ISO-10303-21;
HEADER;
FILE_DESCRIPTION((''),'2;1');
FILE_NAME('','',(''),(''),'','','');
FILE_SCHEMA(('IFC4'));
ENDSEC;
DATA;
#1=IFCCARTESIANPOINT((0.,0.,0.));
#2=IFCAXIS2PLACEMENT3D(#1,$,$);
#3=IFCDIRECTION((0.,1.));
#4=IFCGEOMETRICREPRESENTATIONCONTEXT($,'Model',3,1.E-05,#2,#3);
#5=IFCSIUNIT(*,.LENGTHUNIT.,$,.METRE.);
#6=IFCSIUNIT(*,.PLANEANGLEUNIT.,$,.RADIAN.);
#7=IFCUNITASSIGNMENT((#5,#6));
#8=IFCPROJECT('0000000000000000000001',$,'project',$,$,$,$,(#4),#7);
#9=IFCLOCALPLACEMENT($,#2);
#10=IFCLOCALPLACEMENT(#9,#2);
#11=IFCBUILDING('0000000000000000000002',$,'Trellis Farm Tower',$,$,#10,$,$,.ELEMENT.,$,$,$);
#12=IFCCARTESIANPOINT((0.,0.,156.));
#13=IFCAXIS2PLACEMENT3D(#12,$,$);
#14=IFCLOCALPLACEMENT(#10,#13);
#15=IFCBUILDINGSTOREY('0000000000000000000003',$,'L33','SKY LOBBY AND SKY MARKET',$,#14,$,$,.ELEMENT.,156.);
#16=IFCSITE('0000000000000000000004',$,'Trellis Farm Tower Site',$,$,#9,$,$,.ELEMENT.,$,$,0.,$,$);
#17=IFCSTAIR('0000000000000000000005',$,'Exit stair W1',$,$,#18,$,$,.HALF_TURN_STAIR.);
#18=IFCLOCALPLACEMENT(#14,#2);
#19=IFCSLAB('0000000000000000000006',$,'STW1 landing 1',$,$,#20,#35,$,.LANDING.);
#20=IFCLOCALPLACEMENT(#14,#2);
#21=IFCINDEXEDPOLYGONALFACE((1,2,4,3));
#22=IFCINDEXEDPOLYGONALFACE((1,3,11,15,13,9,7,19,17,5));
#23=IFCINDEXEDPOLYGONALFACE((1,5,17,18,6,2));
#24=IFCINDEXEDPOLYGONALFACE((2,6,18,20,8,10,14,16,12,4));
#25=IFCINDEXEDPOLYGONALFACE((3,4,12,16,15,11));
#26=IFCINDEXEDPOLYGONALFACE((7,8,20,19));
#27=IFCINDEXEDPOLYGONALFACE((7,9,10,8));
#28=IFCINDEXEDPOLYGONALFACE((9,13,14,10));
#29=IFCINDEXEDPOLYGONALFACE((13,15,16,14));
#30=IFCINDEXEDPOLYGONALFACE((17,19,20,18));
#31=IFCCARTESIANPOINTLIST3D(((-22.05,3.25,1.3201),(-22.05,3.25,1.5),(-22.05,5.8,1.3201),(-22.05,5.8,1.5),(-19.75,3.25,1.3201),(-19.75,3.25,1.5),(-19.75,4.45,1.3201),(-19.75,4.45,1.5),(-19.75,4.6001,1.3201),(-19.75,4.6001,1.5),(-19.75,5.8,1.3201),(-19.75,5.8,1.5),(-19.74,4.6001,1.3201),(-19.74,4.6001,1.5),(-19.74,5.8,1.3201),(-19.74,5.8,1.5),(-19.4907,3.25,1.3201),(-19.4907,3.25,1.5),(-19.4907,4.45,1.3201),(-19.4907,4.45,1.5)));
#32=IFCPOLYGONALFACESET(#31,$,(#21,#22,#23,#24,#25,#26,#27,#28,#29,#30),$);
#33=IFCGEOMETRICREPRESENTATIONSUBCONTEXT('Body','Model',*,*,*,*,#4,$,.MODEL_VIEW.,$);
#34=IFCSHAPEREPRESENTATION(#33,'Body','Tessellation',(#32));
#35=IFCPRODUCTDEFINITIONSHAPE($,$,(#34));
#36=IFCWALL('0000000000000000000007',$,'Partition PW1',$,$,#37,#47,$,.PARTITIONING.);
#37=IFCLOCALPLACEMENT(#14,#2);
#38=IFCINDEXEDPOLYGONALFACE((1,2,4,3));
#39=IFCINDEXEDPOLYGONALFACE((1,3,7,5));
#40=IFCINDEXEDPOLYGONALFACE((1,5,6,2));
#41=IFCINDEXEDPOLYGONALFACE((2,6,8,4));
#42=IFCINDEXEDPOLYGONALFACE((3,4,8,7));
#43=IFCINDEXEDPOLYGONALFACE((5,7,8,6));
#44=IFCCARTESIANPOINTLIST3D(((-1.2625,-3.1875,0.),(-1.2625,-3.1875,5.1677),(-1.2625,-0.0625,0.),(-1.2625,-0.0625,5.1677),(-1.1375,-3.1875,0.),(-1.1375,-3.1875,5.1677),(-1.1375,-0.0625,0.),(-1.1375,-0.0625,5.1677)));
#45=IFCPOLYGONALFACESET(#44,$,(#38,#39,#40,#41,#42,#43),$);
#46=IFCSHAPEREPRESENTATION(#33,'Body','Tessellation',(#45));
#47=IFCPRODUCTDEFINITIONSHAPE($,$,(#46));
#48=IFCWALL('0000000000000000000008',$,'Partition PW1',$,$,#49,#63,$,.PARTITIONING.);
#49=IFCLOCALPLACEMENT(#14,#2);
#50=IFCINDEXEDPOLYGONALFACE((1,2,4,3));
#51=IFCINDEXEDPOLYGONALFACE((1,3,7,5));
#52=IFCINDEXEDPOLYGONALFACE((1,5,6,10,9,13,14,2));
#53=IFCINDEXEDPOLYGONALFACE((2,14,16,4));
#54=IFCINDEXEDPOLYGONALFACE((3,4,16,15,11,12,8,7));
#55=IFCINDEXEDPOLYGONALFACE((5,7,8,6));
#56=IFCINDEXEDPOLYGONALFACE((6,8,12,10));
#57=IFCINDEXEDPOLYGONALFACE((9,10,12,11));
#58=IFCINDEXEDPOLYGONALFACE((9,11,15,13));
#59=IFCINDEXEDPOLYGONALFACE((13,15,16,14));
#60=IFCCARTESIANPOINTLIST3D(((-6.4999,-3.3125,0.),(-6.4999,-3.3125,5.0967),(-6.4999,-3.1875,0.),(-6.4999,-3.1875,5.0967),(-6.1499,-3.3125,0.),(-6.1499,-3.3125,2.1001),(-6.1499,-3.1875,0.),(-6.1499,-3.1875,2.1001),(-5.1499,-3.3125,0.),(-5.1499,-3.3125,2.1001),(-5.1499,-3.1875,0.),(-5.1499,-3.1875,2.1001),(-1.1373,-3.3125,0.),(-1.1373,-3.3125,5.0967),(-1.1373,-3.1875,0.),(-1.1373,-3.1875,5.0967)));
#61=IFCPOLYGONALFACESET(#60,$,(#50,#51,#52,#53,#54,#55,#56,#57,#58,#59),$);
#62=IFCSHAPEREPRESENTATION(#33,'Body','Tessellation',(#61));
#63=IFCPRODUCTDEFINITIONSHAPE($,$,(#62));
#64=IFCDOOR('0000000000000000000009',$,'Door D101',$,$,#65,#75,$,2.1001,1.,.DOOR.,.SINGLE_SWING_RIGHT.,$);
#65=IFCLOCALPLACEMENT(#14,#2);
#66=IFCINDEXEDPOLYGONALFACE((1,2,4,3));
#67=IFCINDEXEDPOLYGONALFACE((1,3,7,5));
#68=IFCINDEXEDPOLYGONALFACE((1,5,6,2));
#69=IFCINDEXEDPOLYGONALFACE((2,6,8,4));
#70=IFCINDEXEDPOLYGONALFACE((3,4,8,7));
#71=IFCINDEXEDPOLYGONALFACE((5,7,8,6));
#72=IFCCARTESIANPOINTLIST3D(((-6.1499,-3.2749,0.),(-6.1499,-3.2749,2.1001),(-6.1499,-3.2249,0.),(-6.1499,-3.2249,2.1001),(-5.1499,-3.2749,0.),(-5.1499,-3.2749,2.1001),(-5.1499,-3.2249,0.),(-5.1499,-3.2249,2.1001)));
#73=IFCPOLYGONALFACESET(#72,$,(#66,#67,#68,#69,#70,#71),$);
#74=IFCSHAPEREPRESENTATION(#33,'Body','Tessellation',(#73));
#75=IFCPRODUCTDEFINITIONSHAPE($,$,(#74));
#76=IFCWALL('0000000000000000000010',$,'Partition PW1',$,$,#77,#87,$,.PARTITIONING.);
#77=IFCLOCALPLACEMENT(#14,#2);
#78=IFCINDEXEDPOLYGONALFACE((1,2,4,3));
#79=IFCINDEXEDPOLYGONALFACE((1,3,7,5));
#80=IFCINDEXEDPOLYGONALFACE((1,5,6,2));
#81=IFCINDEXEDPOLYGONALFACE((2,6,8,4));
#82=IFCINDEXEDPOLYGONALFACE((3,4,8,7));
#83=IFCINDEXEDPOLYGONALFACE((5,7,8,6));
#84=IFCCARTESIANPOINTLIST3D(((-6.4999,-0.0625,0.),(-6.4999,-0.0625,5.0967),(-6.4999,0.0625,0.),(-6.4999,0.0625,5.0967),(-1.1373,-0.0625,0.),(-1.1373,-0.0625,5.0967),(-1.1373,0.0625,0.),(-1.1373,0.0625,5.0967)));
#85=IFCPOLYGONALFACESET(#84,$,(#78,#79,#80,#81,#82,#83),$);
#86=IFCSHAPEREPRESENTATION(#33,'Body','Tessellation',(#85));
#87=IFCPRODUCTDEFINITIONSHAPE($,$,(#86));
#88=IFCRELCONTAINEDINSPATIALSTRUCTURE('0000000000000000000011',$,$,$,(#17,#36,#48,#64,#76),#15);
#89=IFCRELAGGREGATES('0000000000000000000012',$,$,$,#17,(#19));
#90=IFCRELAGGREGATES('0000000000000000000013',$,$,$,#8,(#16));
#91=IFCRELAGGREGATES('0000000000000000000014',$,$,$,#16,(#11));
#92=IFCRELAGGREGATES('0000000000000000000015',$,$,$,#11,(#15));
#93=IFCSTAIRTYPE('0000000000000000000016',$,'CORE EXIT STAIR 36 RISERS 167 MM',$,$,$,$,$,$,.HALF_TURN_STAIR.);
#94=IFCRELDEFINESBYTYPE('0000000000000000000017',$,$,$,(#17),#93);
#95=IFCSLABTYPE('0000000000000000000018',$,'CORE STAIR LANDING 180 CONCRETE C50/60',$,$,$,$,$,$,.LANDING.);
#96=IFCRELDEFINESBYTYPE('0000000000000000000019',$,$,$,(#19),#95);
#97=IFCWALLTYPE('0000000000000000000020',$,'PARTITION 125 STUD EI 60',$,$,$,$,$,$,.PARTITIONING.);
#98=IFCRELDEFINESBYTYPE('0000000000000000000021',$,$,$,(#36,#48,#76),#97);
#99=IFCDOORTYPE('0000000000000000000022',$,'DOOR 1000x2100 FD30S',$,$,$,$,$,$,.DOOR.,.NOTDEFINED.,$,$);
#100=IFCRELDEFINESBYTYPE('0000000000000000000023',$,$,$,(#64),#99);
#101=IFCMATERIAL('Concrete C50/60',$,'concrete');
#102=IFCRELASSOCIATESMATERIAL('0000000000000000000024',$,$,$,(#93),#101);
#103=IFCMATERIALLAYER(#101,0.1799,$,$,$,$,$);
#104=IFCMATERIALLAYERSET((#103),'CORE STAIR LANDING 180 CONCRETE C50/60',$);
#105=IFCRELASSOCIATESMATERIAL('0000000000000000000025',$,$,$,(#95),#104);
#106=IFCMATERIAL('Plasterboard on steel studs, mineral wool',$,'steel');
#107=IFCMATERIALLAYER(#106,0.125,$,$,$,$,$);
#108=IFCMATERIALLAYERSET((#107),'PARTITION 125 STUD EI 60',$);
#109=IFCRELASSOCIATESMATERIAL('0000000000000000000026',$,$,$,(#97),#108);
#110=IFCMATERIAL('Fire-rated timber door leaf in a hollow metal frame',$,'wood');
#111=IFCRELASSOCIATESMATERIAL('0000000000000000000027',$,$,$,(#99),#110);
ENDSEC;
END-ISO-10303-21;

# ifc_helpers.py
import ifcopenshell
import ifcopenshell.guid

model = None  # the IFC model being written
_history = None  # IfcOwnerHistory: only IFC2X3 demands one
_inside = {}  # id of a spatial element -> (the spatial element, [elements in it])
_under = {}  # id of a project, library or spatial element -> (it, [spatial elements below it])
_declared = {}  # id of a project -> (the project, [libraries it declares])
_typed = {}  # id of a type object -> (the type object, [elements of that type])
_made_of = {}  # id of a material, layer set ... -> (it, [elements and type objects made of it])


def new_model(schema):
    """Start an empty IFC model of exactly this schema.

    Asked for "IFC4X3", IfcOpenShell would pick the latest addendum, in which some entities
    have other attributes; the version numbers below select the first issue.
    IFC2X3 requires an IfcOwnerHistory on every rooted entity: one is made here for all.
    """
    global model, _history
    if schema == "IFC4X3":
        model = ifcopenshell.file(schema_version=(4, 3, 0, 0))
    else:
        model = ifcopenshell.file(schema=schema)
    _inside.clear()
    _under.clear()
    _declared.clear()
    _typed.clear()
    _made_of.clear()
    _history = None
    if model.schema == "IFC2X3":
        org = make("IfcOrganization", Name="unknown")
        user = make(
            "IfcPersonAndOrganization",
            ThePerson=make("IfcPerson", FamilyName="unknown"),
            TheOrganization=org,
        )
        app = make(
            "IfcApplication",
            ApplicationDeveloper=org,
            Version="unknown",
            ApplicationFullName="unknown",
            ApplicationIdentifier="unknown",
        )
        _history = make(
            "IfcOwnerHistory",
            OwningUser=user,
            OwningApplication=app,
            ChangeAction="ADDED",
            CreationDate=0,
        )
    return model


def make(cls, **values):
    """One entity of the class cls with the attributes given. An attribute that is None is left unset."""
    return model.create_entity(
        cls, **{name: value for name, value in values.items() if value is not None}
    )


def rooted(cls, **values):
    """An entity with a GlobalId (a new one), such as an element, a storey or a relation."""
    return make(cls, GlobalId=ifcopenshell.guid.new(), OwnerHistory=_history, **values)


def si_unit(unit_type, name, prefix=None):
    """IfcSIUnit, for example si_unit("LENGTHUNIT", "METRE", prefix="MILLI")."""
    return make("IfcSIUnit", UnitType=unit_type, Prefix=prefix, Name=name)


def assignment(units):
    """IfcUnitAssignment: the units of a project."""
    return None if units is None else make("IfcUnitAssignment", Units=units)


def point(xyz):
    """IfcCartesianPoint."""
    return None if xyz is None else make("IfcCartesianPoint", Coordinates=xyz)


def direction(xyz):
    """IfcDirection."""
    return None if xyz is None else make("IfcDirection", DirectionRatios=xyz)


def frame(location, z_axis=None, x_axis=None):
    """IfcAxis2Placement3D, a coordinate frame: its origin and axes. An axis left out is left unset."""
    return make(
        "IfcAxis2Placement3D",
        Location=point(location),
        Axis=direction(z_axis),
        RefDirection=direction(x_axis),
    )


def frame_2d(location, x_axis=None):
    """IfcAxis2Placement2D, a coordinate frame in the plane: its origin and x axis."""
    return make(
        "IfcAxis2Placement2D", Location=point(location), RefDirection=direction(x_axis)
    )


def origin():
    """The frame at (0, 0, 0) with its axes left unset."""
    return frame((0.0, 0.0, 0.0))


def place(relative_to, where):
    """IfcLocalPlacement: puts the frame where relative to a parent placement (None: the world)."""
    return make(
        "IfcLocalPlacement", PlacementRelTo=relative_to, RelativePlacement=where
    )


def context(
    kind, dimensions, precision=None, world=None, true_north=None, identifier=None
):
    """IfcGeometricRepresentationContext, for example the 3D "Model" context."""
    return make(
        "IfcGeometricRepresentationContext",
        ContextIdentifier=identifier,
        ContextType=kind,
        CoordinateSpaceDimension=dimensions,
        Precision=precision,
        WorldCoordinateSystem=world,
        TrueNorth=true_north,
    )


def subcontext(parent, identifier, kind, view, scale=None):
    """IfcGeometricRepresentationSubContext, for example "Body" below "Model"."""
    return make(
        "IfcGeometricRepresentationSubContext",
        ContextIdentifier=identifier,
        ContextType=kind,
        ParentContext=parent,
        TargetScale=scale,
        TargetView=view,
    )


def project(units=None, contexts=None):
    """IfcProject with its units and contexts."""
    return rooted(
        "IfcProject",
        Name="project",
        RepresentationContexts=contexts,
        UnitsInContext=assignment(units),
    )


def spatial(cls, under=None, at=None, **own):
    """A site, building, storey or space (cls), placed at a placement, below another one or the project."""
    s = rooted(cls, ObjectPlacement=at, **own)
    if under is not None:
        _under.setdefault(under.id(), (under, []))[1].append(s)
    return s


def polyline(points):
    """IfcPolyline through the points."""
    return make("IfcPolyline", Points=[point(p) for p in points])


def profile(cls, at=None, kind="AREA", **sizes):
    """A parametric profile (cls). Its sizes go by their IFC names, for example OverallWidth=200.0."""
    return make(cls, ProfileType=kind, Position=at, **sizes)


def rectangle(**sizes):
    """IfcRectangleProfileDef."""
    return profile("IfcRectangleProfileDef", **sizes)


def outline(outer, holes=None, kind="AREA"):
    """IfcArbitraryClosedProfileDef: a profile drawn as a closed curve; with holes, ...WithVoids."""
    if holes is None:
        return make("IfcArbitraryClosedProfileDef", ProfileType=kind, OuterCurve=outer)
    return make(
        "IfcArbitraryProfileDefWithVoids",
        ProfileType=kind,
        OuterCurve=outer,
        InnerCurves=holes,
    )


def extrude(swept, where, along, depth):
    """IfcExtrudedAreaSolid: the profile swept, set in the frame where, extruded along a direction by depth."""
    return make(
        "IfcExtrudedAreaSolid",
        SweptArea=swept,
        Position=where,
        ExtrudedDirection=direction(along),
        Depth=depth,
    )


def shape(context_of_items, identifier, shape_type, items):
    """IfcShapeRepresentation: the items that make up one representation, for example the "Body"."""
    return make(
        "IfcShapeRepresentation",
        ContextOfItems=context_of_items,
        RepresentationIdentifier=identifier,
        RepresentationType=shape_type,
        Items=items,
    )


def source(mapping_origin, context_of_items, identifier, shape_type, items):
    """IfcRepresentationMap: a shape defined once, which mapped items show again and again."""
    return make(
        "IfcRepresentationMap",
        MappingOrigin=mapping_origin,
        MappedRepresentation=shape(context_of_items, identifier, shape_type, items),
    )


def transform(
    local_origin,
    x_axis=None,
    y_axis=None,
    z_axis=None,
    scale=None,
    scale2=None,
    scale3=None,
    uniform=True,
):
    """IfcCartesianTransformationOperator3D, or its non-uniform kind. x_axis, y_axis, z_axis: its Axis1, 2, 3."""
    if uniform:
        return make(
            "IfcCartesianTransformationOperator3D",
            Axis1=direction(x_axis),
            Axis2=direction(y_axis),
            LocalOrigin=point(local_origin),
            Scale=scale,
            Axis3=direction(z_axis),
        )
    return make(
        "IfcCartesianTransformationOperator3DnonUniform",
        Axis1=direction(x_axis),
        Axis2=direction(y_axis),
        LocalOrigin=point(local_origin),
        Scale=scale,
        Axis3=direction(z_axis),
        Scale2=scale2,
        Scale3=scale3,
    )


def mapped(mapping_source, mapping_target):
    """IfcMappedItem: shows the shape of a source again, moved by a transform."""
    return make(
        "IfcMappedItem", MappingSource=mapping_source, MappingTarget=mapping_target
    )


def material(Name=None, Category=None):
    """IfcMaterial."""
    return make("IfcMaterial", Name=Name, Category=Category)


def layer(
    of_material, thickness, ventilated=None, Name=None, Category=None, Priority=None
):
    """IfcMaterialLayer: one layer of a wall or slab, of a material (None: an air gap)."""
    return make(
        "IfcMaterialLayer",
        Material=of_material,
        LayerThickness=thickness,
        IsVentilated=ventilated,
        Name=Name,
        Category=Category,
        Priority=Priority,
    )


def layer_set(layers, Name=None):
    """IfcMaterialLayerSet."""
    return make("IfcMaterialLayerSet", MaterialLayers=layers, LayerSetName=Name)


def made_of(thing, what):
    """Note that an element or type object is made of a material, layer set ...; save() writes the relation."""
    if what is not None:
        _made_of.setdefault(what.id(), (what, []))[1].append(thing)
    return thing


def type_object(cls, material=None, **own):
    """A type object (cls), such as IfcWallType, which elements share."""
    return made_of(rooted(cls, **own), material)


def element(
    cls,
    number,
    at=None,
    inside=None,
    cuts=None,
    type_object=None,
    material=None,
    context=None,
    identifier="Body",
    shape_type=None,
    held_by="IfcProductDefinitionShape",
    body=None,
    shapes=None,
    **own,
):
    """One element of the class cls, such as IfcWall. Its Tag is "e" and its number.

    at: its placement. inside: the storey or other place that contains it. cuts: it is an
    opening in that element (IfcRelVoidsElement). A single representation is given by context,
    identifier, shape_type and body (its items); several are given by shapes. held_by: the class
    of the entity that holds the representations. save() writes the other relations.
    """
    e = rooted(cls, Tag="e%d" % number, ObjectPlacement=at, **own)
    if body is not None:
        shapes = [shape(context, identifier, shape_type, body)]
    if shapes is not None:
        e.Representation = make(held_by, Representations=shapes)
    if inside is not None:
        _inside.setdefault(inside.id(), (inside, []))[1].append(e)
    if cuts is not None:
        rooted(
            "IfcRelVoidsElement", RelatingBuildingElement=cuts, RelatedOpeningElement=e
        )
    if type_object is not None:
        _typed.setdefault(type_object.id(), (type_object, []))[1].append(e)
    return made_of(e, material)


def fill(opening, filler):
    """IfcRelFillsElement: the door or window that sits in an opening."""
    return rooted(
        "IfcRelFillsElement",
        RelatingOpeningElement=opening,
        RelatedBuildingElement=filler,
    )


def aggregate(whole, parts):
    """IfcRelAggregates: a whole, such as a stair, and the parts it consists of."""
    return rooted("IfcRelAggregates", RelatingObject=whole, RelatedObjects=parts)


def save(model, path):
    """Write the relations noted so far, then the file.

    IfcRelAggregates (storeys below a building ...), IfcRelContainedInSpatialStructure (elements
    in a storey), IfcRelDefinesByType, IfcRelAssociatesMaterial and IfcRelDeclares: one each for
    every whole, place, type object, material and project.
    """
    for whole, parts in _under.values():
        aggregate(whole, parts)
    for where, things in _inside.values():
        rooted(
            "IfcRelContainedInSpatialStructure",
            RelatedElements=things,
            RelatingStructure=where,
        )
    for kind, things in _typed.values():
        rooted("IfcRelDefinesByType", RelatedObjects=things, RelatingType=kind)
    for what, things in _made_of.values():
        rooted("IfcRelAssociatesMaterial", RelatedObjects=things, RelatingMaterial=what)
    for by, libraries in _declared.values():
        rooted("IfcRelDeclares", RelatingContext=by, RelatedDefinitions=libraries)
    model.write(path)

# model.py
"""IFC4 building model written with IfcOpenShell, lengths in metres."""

from ifc_helpers import new_model, si_unit, direction, frame, frame_2d, origin, place, context, subcontext, project, spatial, polyline, rectangle, outline, extrude, source, transform, mapped, material, layer, layer_set, type_object, element, fill, aggregate, save


model = new_model("IFC4")

# Units and contexts
model_context = context("Model", 3, precision=1e-05, world=origin(), true_north=direction((0.0, 1.0)))
body_context = subcontext(model_context, "Body", "Model", "MODEL_VIEW")
ifc_project = project(units=[si_unit("LENGTHUNIT", "METRE"), si_unit("PLANEANGLEUNIT", "RADIAN")], contexts=[model_context])

# Site, building, storey
site_placement = place(None, origin())
site = spatial("IfcSite", under=ifc_project, at=site_placement, Name="Trellis Farm Tower Site", CompositionType="ELEMENT", RefElevation=0.0)
building_placement = place(site_placement, origin())
building = spatial("IfcBuilding", under=site, at=building_placement, Name="Trellis Farm Tower", CompositionType="ELEMENT")
storey_placement = place(building_placement, frame((0.0, 0.0, 156.0)))
storey = spatial("IfcBuildingStorey", under=building, at=storey_placement, Name="L33", Description="SKY LOBBY AND SKY MARKET", CompositionType="ELEMENT", Elevation=156.0)

# Shared definitions
ifc_material_1 = material(Name="Concrete C50/60", Category="concrete")
stair_type = type_object("IfcStairType", Name="CORE EXIT STAIR 36 RISERS 167 MM", PredefinedType="HALF_TURN_STAIR", material=ifc_material_1)
placement_1 = place(storey_placement, origin())
ifc_layer_1 = layer(ifc_material_1, 0.1799)
ifc_layer_set_1 = layer_set([ifc_layer_1], Name="CORE STAIR LANDING 180 CONCRETE C50/60")
slab_type_1 = type_object("IfcSlabType", Name="CORE STAIR LANDING 180 CONCRETE C50/60", PredefinedType="LANDING", material=ifc_layer_set_1)
placement_2 = place(storey_placement, frame((0.0, 0.0, 1.3201)))

# Stair, slab
stair_1 = element("IfcStair", 1, at=placement_1, inside=storey, type_object=stair_type, Name="Exit stair W1", PredefinedType="HALF_TURN_STAIR")
shared_shape_1 = source(origin(), body_context, "Body", "SweptSolid", [
    extrude(outline(polyline([(-19.4907, 4.45), (-19.4907, 3.25), (-19.75, 3.25), (-22.05, 3.25), (-22.05, 5.8), (-19.75, 5.8), (-19.74, 5.8), (-19.74, 4.6001), (-19.75, 4.6001), (-19.75, 4.45), (-19.4907, 4.45)])), origin(), (0.0, 0.0, 1.0), 0.1799),
])
slab_1 = element("IfcSlab", 2, at=placement_2, type_object=slab_type_1, Name="STW1 landing 1", PredefinedType="LANDING", context=body_context, shape_type="MappedRepresentation", body=[
    mapped(shared_shape_1, transform((0.0, 0.0, 0.0))),
])
aggregate(stair_1, [slab_1])

# Wall
ifc_material_2 = material(Name="Plasterboard on steel studs, mineral wool", Category="steel")
ifc_layer_2 = layer(ifc_material_2, 0.125)
ifc_layer_set_2 = layer_set([ifc_layer_2], Name="PARTITION 125 STUD EI 60")
wall_type = type_object("IfcWallType", Name="PARTITION 125 STUD EI 60", PredefinedType="PARTITIONING", material=ifc_layer_set_2)
shared_shape_2 = source(origin(), body_context, "Body", "SweptSolid", [
    extrude(rectangle(XDim=3.125, YDim=0.125, at=frame_2d((1.5625, 0.0))), origin(), (0.0, 0.0, 1.0), 5.1677),
])
wall_1_placement = place(storey_placement, frame((-1.2, -0.0625, 0.0), z_axis=(0.0, 0.0, 1.0), x_axis=(0.0, -1.0, 0.0)))
element("IfcWall", 3, at=wall_1_placement, inside=storey, type_object=wall_type, Name="Partition PW1", PredefinedType="PARTITIONING", context=body_context, shape_type="MappedRepresentation", body=[
    mapped(shared_shape_2, transform((0.0, 0.0, 0.0))),
])

# Wall, opening, door
shared_shape_3 = source(origin(), body_context, "Body", "SweptSolid", [
    extrude(rectangle(XDim=5.3625, YDim=0.125, at=frame_2d((2.6812, 0.0))), origin(), (0.0, 0.0, 1.0), 5.0967),
])
wall_2_placement = place(storey_placement, frame((-1.1375, -3.25, 0.0), z_axis=(0.0, 0.0, 1.0), x_axis=(-1.0, 0.0, 0.0)))
wall_2 = element("IfcWall", 4, at=wall_2_placement, inside=storey, type_object=wall_type, Name="Partition PW1", PredefinedType="PARTITIONING", context=body_context, shape_type="MappedRepresentation", body=[
    mapped(shared_shape_3, transform((0.0, 0.0, 0.0))),
])
shared_shape_4 = source(origin(), body_context, "Body", "SweptSolid", [
    extrude(rectangle(XDim=1.0, YDim=2.1001, at=frame_2d((0.5, 1.05))), frame((0.0, 0.0725, 0.0), z_axis=(0.0, -1.0, 0.0), x_axis=(1.0, 0.0, 0.0)), (0.0, 0.0, 1.0), 0.145),
])
opening_placement = place(wall_2_placement, frame((4.0125, 0.0, 0.0)))
opening = element("IfcOpeningElement", 5, at=opening_placement, cuts=wall_2, PredefinedType="OPENING", context=body_context, shape_type="MappedRepresentation", body=[
    mapped(shared_shape_4, transform((0.0, 0.0, 0.0))),
])
ifc_material_3 = material(Name="Fire-rated timber door leaf in a hollow metal frame", Category="wood")
door_type = type_object("IfcDoorType", Name="DOOR 1000x2100 FD30S", OperationType="NOTDEFINED", PredefinedType="DOOR", material=ifc_material_3)
shared_shape_5 = source(origin(), body_context, "Body", "SweptSolid", [
    extrude(rectangle(XDim=1.0, YDim=2.1001, at=frame_2d((0.5, 1.05))), frame((0.0, 0.0249, 0.0), z_axis=(0.0, -1.0, 0.0), x_axis=(1.0, 0.0, 0.0)), (0.0, 0.0, 1.0), 0.05),
])
door_placement = place(opening_placement, origin())
door = element("IfcDoor", 6, at=door_placement, inside=storey, type_object=door_type, Name="Door D101", OperationType="SINGLE_SWING_RIGHT", OverallHeight=2.1001, OverallWidth=1.0, PredefinedType="DOOR", context=body_context, shape_type="MappedRepresentation", body=[
    mapped(shared_shape_5, transform((0.0, 0.0, 0.0))),
])
fill(opening, door)

# Wall
wall_3_placement = place(storey_placement, frame((-1.1375, 0.0, 0.0), z_axis=(0.0, 0.0, 1.0), x_axis=(-1.0, 0.0, 0.0)))
element("IfcWall", 7, at=wall_3_placement, inside=storey, type_object=wall_type, Name="Partition PW1", PredefinedType="PARTITIONING", context=body_context, shape_type="MappedRepresentation", body=[
    mapped(shared_shape_3, transform((0.0, 0.0, 0.0))),
])

save(model, "model.ifc")
